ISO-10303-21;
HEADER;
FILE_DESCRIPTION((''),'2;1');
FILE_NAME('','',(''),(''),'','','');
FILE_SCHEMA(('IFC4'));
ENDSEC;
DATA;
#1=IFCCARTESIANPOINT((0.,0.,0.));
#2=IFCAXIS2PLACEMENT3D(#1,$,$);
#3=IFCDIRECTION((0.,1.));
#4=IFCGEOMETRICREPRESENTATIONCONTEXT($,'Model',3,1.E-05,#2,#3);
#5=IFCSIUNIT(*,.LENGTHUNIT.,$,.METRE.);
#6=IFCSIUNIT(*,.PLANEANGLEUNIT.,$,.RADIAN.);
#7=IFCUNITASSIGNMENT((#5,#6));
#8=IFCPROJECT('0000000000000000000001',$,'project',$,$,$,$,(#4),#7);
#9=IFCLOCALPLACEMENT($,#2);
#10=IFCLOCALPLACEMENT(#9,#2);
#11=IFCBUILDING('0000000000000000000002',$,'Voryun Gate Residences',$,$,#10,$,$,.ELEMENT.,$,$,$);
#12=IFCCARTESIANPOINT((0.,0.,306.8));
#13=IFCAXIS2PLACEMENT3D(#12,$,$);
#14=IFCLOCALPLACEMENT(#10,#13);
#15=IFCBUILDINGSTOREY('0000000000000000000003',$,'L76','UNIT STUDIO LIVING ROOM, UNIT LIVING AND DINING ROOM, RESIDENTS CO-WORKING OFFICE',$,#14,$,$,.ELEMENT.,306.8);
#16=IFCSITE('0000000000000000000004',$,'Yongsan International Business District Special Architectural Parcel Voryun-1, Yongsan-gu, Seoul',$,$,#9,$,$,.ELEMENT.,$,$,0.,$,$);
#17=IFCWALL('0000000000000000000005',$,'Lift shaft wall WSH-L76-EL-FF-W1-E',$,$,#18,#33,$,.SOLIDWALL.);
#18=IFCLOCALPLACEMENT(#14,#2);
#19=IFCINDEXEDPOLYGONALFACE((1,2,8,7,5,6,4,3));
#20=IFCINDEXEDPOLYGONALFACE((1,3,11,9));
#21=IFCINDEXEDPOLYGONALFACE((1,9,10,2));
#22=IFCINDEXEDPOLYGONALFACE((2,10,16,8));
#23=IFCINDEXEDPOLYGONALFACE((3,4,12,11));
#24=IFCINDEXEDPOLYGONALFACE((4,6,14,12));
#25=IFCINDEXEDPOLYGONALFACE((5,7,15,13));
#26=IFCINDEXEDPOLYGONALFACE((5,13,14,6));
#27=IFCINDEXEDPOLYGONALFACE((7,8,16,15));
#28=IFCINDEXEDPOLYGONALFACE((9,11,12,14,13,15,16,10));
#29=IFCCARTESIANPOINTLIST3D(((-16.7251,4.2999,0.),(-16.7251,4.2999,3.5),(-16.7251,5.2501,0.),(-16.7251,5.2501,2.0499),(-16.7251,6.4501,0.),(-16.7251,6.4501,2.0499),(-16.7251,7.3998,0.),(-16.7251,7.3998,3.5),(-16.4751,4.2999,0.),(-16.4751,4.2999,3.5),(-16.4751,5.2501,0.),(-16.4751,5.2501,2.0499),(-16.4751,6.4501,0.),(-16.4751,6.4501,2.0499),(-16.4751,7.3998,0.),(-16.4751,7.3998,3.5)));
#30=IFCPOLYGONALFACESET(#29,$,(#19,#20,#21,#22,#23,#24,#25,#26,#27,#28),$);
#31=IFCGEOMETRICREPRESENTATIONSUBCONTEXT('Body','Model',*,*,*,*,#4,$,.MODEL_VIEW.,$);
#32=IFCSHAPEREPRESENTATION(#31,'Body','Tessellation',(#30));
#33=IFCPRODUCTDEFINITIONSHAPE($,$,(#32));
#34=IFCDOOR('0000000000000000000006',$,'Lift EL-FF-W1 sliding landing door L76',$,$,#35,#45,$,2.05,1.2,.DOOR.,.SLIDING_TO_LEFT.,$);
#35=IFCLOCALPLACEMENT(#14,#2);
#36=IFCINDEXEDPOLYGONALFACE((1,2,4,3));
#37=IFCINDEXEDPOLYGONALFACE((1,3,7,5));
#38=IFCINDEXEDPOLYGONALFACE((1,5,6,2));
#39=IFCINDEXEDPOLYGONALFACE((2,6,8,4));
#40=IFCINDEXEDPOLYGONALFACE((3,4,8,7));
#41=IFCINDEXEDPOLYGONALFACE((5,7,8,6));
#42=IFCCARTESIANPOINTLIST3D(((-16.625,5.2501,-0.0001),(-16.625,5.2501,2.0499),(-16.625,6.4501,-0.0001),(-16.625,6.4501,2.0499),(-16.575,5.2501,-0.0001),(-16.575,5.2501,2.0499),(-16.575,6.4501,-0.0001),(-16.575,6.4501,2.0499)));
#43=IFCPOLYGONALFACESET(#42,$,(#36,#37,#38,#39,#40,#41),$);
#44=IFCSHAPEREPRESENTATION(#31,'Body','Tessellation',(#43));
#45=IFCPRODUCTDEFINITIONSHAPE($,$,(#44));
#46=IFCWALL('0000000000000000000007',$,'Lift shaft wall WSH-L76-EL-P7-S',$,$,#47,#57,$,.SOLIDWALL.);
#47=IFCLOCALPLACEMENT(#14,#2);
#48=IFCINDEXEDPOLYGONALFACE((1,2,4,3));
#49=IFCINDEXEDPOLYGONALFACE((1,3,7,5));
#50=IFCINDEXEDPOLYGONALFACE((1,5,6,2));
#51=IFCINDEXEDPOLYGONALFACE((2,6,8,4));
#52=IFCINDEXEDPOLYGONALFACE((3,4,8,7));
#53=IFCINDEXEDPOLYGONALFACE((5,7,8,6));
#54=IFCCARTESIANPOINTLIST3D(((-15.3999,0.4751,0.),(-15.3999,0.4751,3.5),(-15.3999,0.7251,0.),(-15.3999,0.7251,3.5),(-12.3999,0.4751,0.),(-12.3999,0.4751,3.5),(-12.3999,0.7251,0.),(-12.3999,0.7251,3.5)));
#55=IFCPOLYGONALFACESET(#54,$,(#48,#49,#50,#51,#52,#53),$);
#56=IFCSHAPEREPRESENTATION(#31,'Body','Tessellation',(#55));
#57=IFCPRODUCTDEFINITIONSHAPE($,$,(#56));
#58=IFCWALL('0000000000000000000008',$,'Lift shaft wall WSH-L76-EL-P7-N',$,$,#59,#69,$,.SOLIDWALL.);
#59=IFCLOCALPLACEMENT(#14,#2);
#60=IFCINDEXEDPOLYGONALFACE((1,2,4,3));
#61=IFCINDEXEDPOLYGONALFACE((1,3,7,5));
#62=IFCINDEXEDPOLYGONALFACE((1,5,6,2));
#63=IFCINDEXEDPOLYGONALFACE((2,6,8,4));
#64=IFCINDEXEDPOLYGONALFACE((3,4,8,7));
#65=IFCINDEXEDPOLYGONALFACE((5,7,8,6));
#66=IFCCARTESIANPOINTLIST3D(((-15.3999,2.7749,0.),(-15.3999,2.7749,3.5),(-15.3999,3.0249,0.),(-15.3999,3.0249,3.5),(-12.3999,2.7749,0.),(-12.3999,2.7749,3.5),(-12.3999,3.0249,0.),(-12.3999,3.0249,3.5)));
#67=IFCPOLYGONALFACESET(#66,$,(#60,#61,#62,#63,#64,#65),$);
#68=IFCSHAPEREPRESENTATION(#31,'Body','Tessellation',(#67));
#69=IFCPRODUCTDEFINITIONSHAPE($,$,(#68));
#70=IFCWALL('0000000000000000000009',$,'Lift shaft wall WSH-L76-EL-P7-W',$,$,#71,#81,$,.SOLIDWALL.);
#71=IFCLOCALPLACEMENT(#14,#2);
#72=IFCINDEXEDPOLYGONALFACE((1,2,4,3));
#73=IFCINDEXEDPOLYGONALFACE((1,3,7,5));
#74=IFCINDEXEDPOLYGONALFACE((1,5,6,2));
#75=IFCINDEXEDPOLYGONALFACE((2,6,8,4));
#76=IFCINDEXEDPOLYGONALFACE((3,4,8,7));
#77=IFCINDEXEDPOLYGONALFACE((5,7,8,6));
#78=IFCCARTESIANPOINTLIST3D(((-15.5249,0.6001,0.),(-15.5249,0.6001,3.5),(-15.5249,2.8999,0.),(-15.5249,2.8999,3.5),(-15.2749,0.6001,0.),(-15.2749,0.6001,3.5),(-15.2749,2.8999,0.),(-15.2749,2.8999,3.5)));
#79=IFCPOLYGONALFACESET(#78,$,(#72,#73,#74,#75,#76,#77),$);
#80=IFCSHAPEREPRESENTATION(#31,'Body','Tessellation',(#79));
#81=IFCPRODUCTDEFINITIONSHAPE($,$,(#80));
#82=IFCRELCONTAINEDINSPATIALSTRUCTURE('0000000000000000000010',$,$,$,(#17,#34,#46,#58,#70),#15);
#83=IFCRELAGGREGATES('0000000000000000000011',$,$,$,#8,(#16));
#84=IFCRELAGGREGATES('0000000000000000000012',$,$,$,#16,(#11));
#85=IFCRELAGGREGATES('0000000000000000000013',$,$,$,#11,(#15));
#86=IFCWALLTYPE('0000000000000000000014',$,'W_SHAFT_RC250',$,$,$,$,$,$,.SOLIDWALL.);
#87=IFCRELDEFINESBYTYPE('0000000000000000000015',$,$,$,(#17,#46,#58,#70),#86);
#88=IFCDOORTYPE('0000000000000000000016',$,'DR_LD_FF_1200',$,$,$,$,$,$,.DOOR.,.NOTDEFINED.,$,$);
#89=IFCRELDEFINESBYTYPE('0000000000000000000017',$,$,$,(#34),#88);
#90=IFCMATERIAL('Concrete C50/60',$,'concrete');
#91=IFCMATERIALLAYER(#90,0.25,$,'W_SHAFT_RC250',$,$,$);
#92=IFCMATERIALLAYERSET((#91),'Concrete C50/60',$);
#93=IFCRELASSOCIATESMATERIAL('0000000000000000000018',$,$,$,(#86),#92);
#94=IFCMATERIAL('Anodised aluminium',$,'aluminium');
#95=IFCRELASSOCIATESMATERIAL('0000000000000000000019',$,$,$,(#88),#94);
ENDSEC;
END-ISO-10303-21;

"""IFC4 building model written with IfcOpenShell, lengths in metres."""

from ifc_helpers import new_model, si_unit, direction, frame, frame_2d, origin, place, context, subcontext, project, spatial, rectangle, extrude, material, layer, layer_set, type_object, element, fill, save


model = new_model("IFC4")

# Units and contexts
model_context = context("Model", 3, precision=1e-05, world=origin(), true_north=direction((0.0, 1.0)))
body_context = subcontext(model_context, "Body", "Model", "MODEL_VIEW")
ifc_project = project(units=[si_unit("LENGTHUNIT", "METRE"), si_unit("PLANEANGLEUNIT", "RADIAN")], contexts=[model_context])

# Site, building, storey
site_placement = place(None, origin())
site = spatial("IfcSite", under=ifc_project, at=site_placement, Name="Yongsan International Business District Special Architectural Parcel Voryun-1, Yongsan-gu, Seoul", CompositionType="ELEMENT", RefElevation=0.0)
building_placement = place(site_placement, origin())
building = spatial("IfcBuilding", under=site, at=building_placement, Name="Voryun Gate Residences", CompositionType="ELEMENT")
storey_placement = place(building_placement, frame((0.0, 0.0, 306.8)))
storey = spatial("IfcBuildingStorey", under=building, at=storey_placement, Name="L76", Description="UNIT STUDIO LIVING ROOM, UNIT LIVING AND DINING ROOM, RESIDENTS CO-WORKING OFFICE", CompositionType="ELEMENT", Elevation=306.8)

# Wall, opening, door
ifc_material_1 = material(Name="Concrete C50/60", Category="concrete")
ifc_layer_1 = layer(ifc_material_1, 0.25, Name="W_SHAFT_RC250")
ifc_layer_set_1 = layer_set([ifc_layer_1], Name="Concrete C50/60")
wall_type_1 = type_object("IfcWallType", Name="W_SHAFT_RC250", PredefinedType="SOLIDWALL", material=ifc_layer_set_1)
wall_1_placement = place(storey_placement, frame((-16.6001, 4.3, 0.0), z_axis=(0.0, 0.0, 1.0), x_axis=(0.0, 1.0, 0.0)))
wall_1 = element("IfcWall", 1, at=wall_1_placement, inside=storey, type_object=wall_type_1, Name="Lift shaft wall WSH-L76-EL-FF-W1-E", PredefinedType="SOLIDWALL", context=body_context, shape_type="SweptSolid", body=[
    extrude(rectangle(XDim=3.0999, YDim=0.25, at=frame_2d((1.5498, 0.0))), origin(), (0.0, 0.0, 1.0), 3.5),
])
opening_1_placement = place(wall_1_placement, frame((0.95, 0.0, 0.0)))
opening_1 = element("IfcOpeningElement", 2, at=opening_1_placement, cuts=wall_1, PredefinedType="OPENING", context=body_context, shape_type="SweptSolid", body=[
    extrude(rectangle(XDim=1.2, YDim=2.05, at=frame_2d((0.6001, 1.0249))), frame((0.0, 0.135, 0.0), z_axis=(0.0, -1.0, 0.0), x_axis=(1.0, 0.0, 0.0)), (0.0, 0.0, 1.0), 0.27),
])
ifc_material_2 = material(Name="Anodised aluminium", Category="aluminium")
door_type_1 = type_object("IfcDoorType", Name="DR_LD_FF_1200", OperationType="NOTDEFINED", PredefinedType="DOOR", material=ifc_material_2)
door_1_placement = place(opening_1_placement, origin())
door_1 = element("IfcDoor", 3, at=door_1_placement, inside=storey, type_object=door_type_1, Name="Lift EL-FF-W1 sliding landing door L76", OperationType="SLIDING_TO_LEFT", OverallHeight=2.05, OverallWidth=1.2, PredefinedType="DOOR", context=body_context, shape_type="SweptSolid", body=[
    extrude(rectangle(XDim=1.2, YDim=2.05, at=frame_2d((0.6001, 1.0249))), frame((0.0, 0.0249, 0.0), z_axis=(0.0, -1.0, 0.0), x_axis=(1.0, 0.0, 0.0)), (0.0, 0.0, 1.0), 0.05),
])
fill(opening_1, door_1)

# Walls
for number, where, z_axis, x_axis, name in (
    (4, (-15.3999, 0.6001, 0.0), (0.0, 0.0, 1.0), (1.0, 0.0, 0.0), "Lift shaft wall WSH-L76-EL-P7-S"),
    (5, (-12.3999, 2.8999, 0.0), (0.0, 0.0, 1.0), (-1.0, 0.0, 0.0), "Lift shaft wall WSH-L76-EL-P7-N"),
):
    element("IfcWall", number, at=place(storey_placement, frame(where, z_axis=z_axis, x_axis=x_axis)), inside=storey, type_object=wall_type_1, Name=name, PredefinedType="SOLIDWALL", context=body_context, shape_type="SweptSolid", body=[
        extrude(rectangle(XDim=3.0, YDim=0.25, at=frame_2d((1.5, 0.0))), origin(), (0.0, 0.0, 1.0), 3.5),
    ])
wall_2_placement = place(storey_placement, frame((-15.3999, 2.8999, 0.0), z_axis=(0.0, 0.0, 1.0), x_axis=(0.0, -1.0, 0.0)))
element("IfcWall", 6, at=wall_2_placement, inside=storey, type_object=wall_type_1, Name="Lift shaft wall WSH-L76-EL-P7-W", PredefinedType="SOLIDWALL", context=body_context, shape_type="SweptSolid", body=[
    extrude(rectangle(XDim=2.2998, YDim=0.25, at=frame_2d((1.1499, 0.0))), origin(), (0.0, 0.0, 1.0), 3.5),
])

save(model, "model.ifc")
